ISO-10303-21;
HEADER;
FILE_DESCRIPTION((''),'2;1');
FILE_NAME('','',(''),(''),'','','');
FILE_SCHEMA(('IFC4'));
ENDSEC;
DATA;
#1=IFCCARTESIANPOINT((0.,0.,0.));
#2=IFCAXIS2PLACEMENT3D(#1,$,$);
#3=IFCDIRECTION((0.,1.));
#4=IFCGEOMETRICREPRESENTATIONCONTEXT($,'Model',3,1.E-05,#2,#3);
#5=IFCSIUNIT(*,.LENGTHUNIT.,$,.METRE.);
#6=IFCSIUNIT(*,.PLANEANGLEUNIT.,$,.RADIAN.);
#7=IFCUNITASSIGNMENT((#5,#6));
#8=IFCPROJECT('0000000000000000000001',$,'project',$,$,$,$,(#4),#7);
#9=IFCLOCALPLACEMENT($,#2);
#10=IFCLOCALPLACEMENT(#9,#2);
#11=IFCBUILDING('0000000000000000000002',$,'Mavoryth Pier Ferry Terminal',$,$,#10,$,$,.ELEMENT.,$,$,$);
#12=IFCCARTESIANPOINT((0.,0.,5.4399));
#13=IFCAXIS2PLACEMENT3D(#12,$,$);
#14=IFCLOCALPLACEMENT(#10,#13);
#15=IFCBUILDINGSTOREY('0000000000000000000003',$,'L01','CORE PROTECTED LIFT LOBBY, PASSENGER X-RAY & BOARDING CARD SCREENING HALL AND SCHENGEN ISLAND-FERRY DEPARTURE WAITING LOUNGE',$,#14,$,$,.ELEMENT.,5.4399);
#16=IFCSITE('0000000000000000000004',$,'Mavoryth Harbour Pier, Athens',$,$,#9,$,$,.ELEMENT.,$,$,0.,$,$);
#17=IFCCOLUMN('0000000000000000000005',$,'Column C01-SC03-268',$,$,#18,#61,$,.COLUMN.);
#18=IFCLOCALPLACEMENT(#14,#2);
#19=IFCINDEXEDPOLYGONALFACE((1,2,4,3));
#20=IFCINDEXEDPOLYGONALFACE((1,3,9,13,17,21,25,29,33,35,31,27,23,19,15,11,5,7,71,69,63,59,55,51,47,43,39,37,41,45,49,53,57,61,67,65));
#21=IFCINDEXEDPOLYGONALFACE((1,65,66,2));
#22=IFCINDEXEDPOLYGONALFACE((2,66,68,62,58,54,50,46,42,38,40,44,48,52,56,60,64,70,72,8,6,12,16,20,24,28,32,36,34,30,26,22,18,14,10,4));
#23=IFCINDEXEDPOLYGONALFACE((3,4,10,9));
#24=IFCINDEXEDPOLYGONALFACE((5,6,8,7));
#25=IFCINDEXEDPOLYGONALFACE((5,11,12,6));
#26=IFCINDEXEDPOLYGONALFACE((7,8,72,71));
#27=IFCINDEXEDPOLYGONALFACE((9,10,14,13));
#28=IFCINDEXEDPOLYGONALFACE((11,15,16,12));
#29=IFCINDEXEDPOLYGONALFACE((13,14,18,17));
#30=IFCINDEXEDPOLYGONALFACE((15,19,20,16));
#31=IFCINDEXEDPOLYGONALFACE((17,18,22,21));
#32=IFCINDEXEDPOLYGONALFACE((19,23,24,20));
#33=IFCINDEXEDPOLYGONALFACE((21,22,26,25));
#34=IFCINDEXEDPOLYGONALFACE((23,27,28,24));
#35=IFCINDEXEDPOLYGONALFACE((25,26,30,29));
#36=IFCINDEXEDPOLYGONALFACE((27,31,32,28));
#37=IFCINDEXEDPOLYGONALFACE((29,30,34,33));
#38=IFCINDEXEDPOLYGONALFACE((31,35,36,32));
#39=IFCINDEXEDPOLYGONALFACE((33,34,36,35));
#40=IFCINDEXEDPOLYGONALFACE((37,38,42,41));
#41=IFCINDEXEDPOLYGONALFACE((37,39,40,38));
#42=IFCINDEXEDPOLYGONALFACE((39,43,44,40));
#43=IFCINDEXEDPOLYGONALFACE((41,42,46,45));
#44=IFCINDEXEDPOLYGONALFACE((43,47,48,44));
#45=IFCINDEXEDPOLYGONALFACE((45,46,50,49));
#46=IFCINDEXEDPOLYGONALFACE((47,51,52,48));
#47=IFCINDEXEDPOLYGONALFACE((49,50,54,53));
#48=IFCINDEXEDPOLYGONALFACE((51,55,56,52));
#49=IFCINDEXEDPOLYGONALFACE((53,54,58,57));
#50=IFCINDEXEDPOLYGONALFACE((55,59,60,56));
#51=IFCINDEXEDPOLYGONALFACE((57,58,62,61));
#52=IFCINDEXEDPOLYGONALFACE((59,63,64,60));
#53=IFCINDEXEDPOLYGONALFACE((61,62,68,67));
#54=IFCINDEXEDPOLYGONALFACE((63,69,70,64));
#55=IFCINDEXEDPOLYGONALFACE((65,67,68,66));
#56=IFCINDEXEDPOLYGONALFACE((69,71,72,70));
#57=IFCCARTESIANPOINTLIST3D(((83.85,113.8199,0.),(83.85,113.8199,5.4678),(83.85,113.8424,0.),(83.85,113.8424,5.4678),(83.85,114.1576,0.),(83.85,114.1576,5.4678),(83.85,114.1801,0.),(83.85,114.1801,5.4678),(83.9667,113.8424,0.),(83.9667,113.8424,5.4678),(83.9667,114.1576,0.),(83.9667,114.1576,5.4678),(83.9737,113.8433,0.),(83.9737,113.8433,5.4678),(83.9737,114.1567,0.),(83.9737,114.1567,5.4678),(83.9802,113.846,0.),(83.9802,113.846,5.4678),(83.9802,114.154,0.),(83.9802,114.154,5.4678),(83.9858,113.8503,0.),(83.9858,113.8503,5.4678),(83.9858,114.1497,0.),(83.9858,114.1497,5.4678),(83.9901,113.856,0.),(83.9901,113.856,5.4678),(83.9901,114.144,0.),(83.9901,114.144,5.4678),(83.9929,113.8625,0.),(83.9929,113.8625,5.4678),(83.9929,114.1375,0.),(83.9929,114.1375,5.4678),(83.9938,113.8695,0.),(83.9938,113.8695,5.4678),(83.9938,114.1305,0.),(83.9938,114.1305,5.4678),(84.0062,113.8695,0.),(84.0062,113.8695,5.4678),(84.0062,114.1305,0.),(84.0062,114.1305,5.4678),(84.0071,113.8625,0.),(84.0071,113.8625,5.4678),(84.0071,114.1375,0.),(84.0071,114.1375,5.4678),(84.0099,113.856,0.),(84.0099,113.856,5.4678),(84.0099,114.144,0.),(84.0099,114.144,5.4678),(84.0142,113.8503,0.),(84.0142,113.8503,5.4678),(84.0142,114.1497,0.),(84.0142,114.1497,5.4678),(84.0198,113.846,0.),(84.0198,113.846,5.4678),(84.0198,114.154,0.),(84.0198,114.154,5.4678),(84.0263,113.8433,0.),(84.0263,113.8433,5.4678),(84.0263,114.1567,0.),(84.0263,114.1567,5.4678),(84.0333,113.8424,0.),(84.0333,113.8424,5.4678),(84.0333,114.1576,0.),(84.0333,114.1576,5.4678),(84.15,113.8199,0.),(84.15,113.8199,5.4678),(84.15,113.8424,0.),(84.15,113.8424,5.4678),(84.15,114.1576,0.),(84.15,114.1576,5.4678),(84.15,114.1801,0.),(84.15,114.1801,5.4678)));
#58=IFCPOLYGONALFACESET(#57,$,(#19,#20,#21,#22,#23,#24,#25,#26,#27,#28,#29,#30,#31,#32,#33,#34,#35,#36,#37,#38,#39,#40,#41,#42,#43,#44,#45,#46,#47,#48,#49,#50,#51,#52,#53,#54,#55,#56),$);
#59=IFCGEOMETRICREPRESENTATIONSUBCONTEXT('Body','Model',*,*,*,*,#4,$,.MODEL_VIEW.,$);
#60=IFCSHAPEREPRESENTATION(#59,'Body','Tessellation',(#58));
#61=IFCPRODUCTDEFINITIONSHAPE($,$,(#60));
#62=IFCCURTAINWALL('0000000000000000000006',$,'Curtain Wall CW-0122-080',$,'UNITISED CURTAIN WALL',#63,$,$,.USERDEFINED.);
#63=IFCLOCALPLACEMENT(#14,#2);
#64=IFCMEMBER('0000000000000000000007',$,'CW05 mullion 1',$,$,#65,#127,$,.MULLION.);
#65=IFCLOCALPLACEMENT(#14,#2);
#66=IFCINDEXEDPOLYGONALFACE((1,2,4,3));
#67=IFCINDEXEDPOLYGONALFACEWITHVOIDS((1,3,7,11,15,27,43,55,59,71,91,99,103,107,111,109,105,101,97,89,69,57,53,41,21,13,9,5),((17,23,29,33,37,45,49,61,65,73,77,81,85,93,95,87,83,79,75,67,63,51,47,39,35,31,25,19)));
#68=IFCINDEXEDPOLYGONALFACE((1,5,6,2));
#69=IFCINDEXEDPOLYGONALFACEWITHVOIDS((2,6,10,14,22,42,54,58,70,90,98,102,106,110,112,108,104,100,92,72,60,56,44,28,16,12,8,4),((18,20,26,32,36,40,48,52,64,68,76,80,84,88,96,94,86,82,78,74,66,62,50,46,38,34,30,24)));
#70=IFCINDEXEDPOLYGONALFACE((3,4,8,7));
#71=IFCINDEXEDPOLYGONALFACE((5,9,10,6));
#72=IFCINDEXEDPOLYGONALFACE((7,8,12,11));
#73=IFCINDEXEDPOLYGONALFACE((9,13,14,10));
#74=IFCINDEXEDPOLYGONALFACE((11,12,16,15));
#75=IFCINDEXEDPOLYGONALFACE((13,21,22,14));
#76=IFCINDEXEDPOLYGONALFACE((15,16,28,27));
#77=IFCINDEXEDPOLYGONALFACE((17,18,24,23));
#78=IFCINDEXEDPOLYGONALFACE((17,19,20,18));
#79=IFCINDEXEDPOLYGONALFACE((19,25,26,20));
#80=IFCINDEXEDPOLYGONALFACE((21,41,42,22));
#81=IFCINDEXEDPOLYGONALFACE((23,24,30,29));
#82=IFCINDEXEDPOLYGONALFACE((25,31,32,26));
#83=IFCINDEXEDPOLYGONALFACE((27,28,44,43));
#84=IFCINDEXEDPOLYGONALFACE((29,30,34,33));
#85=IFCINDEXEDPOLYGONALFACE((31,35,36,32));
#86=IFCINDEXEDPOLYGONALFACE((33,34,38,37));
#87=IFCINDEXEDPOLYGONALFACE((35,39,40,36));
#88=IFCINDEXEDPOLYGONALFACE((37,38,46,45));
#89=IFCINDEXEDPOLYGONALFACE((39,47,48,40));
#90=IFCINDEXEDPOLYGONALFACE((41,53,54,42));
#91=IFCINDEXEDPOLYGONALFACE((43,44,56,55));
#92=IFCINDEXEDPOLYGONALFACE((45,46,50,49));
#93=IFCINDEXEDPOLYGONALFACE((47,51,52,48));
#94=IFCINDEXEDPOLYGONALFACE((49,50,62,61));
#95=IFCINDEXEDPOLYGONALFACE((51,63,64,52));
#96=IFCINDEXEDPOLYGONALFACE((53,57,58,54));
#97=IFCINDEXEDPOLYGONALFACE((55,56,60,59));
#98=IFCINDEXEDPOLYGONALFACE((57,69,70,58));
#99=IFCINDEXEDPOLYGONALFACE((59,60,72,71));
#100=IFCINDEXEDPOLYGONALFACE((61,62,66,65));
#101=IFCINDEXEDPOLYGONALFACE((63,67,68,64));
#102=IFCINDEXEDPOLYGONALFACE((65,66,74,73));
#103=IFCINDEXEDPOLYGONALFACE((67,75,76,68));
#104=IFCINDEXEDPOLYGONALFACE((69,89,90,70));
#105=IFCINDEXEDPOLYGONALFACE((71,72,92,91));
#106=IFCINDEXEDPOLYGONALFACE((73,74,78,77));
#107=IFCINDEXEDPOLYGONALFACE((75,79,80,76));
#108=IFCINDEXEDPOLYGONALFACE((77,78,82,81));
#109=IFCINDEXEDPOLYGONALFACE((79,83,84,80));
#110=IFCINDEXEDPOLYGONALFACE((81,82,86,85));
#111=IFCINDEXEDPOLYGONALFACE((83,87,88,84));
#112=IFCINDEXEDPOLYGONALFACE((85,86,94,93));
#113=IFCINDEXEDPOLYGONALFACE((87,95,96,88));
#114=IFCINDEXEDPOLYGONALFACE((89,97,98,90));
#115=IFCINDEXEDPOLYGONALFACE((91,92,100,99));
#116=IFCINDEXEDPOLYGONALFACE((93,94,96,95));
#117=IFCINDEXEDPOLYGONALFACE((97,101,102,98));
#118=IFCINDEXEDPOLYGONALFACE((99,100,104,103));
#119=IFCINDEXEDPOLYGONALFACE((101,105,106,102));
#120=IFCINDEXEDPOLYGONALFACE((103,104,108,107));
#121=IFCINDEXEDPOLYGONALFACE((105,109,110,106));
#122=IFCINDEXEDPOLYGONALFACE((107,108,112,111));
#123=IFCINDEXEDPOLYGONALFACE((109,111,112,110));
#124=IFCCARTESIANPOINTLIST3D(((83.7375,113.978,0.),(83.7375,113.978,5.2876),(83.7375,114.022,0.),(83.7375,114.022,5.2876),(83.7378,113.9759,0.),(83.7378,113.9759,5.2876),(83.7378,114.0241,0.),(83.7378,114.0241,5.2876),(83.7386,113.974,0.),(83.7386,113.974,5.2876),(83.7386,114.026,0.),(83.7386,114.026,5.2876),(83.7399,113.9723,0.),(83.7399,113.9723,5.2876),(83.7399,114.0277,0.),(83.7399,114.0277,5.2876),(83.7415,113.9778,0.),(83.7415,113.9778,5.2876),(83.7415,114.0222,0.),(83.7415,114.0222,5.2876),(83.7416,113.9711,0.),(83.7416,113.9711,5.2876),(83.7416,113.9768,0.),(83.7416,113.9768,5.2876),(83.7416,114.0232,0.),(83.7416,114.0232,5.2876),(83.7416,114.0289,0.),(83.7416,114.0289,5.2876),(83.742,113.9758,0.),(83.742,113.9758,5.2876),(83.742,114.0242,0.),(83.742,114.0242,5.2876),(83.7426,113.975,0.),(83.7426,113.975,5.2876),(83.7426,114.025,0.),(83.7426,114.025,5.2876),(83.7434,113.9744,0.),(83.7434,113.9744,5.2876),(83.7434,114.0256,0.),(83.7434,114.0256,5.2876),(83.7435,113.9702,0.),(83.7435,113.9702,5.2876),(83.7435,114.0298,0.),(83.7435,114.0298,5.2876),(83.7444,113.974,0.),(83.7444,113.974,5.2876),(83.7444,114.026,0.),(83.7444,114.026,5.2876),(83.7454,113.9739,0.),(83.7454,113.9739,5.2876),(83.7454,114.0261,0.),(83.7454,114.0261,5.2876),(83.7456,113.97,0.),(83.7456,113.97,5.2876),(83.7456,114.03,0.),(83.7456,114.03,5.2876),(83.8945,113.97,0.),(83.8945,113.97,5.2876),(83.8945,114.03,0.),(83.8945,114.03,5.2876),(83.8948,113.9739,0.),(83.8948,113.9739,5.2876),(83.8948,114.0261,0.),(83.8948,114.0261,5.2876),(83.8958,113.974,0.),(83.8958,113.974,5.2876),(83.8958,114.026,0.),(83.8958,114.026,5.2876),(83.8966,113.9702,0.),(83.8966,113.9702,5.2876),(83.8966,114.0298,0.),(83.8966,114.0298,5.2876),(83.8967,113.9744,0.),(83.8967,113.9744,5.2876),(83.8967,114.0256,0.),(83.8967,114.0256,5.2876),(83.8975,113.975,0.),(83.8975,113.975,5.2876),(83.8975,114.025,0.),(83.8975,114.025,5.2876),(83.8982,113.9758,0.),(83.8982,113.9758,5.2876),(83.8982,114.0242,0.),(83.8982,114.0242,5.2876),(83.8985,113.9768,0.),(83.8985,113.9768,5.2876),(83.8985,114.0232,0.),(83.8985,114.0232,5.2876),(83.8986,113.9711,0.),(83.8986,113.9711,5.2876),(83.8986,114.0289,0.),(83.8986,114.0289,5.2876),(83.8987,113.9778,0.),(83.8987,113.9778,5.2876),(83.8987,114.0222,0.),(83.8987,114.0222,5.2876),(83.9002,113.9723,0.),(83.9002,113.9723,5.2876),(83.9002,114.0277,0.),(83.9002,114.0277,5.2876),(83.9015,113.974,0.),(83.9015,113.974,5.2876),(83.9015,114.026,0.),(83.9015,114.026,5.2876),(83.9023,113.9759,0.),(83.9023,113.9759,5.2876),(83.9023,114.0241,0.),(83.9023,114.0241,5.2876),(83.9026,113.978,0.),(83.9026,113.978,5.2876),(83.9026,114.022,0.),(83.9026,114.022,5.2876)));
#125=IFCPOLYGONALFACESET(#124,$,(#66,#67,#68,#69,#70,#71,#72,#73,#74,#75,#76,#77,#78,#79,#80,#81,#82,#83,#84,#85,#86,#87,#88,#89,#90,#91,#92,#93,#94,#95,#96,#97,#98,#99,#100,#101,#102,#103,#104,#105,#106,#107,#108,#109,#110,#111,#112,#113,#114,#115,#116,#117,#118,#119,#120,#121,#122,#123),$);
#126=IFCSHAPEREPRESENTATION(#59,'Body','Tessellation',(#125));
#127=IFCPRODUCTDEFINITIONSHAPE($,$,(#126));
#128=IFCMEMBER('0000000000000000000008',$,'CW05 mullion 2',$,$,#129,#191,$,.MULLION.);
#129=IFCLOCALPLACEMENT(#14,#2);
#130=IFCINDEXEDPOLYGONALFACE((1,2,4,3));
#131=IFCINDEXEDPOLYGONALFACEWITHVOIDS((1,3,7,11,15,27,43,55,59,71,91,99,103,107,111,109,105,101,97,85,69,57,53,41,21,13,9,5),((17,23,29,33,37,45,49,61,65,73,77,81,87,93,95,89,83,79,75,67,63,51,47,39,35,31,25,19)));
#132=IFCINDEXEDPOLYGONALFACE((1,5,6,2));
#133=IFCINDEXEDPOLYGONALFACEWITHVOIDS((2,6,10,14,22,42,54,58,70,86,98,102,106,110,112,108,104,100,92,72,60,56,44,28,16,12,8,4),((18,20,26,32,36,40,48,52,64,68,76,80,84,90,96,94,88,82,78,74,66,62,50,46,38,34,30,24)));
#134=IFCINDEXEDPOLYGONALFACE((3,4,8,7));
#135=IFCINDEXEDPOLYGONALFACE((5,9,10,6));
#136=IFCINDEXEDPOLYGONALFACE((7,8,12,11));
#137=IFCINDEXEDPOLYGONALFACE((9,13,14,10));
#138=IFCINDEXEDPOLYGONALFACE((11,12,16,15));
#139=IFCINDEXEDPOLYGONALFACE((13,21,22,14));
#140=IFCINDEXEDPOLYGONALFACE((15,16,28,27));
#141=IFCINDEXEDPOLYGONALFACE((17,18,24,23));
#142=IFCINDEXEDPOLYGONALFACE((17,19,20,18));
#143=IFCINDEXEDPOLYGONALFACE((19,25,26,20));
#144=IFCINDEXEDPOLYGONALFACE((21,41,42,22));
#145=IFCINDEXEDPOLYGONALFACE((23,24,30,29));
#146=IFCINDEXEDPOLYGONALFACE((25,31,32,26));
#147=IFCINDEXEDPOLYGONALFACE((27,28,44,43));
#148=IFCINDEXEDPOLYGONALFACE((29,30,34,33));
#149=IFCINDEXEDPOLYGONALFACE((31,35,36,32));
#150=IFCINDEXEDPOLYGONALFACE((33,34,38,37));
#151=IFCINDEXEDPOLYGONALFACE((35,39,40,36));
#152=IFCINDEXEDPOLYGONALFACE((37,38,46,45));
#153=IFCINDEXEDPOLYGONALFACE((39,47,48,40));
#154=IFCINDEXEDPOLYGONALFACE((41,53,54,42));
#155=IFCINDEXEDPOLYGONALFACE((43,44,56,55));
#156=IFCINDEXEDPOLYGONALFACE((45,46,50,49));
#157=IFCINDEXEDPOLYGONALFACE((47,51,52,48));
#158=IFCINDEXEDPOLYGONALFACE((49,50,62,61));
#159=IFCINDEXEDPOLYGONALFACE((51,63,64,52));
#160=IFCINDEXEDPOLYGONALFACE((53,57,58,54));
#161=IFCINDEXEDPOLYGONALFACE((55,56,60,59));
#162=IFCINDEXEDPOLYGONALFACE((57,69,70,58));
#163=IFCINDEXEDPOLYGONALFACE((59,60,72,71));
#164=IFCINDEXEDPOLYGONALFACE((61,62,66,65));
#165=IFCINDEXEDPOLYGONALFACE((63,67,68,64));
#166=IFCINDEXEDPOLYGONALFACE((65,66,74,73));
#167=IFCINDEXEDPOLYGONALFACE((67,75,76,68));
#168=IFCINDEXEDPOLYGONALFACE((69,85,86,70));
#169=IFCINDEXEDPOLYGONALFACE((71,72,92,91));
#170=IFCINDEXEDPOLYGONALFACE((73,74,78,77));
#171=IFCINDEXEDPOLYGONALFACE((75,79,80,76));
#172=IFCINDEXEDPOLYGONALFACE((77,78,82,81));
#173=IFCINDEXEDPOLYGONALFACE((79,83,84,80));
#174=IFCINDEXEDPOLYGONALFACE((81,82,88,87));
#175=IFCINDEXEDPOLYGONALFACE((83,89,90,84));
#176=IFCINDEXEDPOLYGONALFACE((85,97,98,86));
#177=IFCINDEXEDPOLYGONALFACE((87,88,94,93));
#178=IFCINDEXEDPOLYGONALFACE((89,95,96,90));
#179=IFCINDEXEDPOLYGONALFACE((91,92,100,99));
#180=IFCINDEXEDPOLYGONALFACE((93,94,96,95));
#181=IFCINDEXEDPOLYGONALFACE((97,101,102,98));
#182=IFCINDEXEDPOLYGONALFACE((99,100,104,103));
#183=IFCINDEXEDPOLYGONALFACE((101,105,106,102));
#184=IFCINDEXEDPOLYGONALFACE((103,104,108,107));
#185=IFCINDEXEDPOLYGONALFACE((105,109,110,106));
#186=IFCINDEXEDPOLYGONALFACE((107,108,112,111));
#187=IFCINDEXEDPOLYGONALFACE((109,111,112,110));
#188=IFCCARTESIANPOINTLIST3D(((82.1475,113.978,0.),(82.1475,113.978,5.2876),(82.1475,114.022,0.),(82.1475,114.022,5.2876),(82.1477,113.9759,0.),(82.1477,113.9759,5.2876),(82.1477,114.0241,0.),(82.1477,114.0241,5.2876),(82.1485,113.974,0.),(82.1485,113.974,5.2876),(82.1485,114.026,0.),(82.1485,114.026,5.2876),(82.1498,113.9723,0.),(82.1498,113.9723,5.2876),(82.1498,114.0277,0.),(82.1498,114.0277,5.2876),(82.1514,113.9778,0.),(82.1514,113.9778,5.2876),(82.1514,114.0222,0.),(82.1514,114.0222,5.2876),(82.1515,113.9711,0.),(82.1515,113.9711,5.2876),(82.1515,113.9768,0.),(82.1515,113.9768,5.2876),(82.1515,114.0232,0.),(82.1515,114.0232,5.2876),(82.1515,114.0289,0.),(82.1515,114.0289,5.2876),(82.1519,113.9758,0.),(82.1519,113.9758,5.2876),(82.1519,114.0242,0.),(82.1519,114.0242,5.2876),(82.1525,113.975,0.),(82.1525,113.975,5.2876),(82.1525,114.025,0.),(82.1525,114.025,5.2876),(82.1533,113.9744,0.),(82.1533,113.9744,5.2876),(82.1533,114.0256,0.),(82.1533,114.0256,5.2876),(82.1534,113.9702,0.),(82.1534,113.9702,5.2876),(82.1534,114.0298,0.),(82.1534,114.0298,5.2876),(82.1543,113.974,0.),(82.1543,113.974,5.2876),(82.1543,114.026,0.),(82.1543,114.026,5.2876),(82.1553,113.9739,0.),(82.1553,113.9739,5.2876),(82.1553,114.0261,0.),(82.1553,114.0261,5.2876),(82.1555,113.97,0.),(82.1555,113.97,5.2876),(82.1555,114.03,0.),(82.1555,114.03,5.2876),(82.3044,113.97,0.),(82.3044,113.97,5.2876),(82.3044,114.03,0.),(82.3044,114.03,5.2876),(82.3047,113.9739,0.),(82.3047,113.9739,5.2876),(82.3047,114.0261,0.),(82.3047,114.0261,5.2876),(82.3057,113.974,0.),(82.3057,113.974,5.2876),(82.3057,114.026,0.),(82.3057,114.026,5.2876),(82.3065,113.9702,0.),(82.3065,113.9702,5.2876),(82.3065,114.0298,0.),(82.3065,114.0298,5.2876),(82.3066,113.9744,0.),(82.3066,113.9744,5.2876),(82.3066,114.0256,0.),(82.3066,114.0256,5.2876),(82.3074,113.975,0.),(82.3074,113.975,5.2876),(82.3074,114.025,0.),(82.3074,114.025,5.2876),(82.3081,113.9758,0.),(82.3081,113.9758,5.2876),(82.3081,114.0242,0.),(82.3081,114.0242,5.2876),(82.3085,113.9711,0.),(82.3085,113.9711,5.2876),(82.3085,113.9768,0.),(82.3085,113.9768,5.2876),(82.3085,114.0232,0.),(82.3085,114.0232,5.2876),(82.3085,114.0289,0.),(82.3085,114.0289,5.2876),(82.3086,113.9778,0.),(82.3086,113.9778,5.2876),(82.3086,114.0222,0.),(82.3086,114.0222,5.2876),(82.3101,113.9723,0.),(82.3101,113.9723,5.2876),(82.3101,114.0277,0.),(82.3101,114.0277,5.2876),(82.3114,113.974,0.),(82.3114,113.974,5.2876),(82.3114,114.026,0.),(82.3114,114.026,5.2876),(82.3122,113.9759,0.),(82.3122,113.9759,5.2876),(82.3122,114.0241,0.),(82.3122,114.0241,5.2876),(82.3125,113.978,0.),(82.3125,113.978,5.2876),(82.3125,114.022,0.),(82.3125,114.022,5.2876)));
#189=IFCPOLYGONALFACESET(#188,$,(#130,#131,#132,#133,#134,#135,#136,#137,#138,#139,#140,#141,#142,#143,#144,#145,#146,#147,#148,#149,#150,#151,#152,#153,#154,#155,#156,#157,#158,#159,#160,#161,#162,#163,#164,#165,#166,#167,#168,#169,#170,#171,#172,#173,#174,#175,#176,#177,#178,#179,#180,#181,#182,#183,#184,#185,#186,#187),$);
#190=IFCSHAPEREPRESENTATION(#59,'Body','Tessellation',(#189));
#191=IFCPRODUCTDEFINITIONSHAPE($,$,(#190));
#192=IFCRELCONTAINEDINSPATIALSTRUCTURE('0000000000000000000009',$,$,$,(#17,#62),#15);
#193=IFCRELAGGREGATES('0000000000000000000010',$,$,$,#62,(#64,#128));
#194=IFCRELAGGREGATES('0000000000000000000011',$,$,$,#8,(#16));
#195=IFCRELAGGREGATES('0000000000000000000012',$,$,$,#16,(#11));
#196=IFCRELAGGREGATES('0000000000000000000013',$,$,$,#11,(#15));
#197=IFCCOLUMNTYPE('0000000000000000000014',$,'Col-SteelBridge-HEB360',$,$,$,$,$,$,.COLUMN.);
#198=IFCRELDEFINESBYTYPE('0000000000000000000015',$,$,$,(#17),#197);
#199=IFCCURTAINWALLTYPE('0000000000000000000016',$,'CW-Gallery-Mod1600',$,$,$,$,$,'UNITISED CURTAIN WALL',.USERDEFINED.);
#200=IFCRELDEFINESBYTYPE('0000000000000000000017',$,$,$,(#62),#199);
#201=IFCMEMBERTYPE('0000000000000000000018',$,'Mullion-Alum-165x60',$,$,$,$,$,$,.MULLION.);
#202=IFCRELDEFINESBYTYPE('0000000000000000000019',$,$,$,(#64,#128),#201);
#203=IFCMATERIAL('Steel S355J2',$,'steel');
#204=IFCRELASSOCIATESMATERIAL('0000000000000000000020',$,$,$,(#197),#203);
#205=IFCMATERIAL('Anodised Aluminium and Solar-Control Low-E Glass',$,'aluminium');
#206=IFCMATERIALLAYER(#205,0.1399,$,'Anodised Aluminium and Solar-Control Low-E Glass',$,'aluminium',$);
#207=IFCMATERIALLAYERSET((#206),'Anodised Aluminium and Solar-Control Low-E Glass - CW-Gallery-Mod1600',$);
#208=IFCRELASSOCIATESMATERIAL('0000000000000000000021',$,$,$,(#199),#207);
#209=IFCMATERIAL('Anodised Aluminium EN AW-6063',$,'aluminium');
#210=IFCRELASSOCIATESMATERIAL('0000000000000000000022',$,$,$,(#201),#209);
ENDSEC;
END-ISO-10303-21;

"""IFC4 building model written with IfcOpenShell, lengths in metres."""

from ifc_helpers import new_model, si_unit, direction, frame, origin, origin_2d, place, context, subcontext, project, spatial, hollow_rectangle, i_section, extrude, material, layer, layer_set, material_profile, profile_set, type_object, element, aggregate, save


model = new_model("IFC4")

# Units and contexts
model_context = context("Model", 3, precision=1e-05, world=origin(), true_north=direction((0.0, 1.0)))
body_context = subcontext(model_context, "Body", "Model", "MODEL_VIEW")
ifc_project = project(units=[si_unit("LENGTHUNIT", "METRE"), si_unit("PLANEANGLEUNIT", "RADIAN")], contexts=[model_context])

# Site, building, storey
site_placement = place(None, origin())
site = spatial("IfcSite", under=ifc_project, at=site_placement, Name="Mavoryth Harbour Pier, Athens", CompositionType="ELEMENT", RefElevation=0.0)
building_placement = place(site_placement, origin())
building = spatial("IfcBuilding", under=site, at=building_placement, Name="Mavoryth Pier Ferry Terminal", CompositionType="ELEMENT")
storey_placement = place(building_placement, frame((0.0, 0.0, 5.4399)))
storey = spatial("IfcBuildingStorey", under=building, at=storey_placement, Name="L01", Description="CORE PROTECTED LIFT LOBBY, PASSENGER X-RAY & BOARDING CARD SCREENING HALL AND SCHENGEN ISLAND-FERRY DEPARTURE WAITING LOUNGE", CompositionType="ELEMENT", Elevation=5.4399)

# Column
ifc_material_1 = material(Name="Steel S355J2", Category="steel")
ifc_material_profile_1 = material_profile(ifc_material_1, i_section(OverallWidth=0.3, OverallDepth=0.3601, WebThickness=0.0125, FlangeThickness=0.0225, FilletRadius=0.0271, at=origin_2d()), Name="HEB 360", Category="steel")
ifc_profile_set_1 = profile_set([ifc_material_profile_1], Name="Steel S355J2 - HEB 360")
column_type = type_object("IfcColumnType", Name="Col-SteelBridge-HEB360", PredefinedType="COLUMN", material=ifc_profile_set_1)
column_placement = place(storey_placement, frame((84.0, 114.0, 0.0), z_axis=(0.0, 0.0, 1.0), x_axis=(1.0, 0.0, 0.0)))
element("IfcColumn", 1, at=column_placement, inside=storey, type_object=column_type, Name="Column C01-SC03-268", PredefinedType="COLUMN", context=body_context, shape_type="SweptSolid", body=[
    extrude(i_section(OverallWidth=0.3, OverallDepth=0.3601, WebThickness=0.0125, FlangeThickness=0.0225, FilletRadius=0.0271, at=origin_2d()), origin(), (0.0, 0.0, 1.0), 5.4678),
])

# Curtain wall, members
ifc_material_2 = material(Name="Anodised Aluminium and Solar-Control Low-E Glass", Category="aluminium")
ifc_layer_1 = layer(ifc_material_2, 0.1399, Name="Anodised Aluminium and Solar-Control Low-E Glass", Category="aluminium")
ifc_layer_set_1 = layer_set([ifc_layer_1], Name="Anodised Aluminium and Solar-Control Low-E Glass - CW-Gallery-Mod1600")
curtain_wall_type = type_object("IfcCurtainWallType", Name="CW-Gallery-Mod1600", ElementType="UNITISED CURTAIN WALL", PredefinedType="USERDEFINED", material=ifc_layer_set_1)
curtain_wall_1_placement = place(storey_placement, origin())
curtain_wall_1 = element("IfcCurtainWall", 2, at=curtain_wall_1_placement, inside=storey, type_object=curtain_wall_type, Name="Curtain Wall CW-0122-080", ObjectType="UNITISED CURTAIN WALL", PredefinedType="USERDEFINED")
ifc_material_3 = material(Name="Anodised Aluminium EN AW-6063", Category="aluminium")
ifc_material_profile_2 = material_profile(ifc_material_3, hollow_rectangle(XDim=0.0601, YDim=0.165, WallThickness=0.0039, InnerFilletRadius=0.0039, OuterFilletRadius=0.0081, at=origin_2d()), Name="AL-MULL 165x60x4", Category="aluminium")
ifc_profile_set_2 = profile_set([ifc_material_profile_2], Name="Anodised Aluminium EN AW-6063 - AL-MULL 165x60x4")
member_type_1 = type_object("IfcMemberType", Name="Mullion-Alum-165x60", PredefinedType="MULLION", material=ifc_profile_set_2)
member_1_placement = place(storey_placement, frame((83.8201, 114.0, 0.0), z_axis=(0.0, 0.0, 1.0), x_axis=(0.0, -1.0, 0.0)))
member_1 = element("IfcMember", 3, at=member_1_placement, type_object=member_type_1, Name="CW05 mullion 1", PredefinedType="MULLION", context=body_context, shape_type="SweptSolid", body=[
    extrude(hollow_rectangle(XDim=0.0601, YDim=0.165, WallThickness=0.0039, InnerFilletRadius=0.0039, OuterFilletRadius=0.0081, at=origin_2d()), origin(), (0.0, 0.0, 1.0), 5.2876),
])
member_2_placement = place(storey_placement, frame((82.23, 114.0, 0.0), z_axis=(0.0, 0.0, 1.0), x_axis=(0.0, -1.0, 0.0)))
member_2 = element("IfcMember", 4, at=member_2_placement, type_object=member_type_1, Name="CW05 mullion 2", PredefinedType="MULLION", context=body_context, shape_type="SweptSolid", body=[
    extrude(hollow_rectangle(XDim=0.0601, YDim=0.165, WallThickness=0.0039, InnerFilletRadius=0.0039, OuterFilletRadius=0.0081, at=origin_2d()), origin(), (0.0, 0.0, 1.0), 5.2876),
])

aggregate(curtain_wall_1, [member_1, member_2])

save(model, "model.ifc")
